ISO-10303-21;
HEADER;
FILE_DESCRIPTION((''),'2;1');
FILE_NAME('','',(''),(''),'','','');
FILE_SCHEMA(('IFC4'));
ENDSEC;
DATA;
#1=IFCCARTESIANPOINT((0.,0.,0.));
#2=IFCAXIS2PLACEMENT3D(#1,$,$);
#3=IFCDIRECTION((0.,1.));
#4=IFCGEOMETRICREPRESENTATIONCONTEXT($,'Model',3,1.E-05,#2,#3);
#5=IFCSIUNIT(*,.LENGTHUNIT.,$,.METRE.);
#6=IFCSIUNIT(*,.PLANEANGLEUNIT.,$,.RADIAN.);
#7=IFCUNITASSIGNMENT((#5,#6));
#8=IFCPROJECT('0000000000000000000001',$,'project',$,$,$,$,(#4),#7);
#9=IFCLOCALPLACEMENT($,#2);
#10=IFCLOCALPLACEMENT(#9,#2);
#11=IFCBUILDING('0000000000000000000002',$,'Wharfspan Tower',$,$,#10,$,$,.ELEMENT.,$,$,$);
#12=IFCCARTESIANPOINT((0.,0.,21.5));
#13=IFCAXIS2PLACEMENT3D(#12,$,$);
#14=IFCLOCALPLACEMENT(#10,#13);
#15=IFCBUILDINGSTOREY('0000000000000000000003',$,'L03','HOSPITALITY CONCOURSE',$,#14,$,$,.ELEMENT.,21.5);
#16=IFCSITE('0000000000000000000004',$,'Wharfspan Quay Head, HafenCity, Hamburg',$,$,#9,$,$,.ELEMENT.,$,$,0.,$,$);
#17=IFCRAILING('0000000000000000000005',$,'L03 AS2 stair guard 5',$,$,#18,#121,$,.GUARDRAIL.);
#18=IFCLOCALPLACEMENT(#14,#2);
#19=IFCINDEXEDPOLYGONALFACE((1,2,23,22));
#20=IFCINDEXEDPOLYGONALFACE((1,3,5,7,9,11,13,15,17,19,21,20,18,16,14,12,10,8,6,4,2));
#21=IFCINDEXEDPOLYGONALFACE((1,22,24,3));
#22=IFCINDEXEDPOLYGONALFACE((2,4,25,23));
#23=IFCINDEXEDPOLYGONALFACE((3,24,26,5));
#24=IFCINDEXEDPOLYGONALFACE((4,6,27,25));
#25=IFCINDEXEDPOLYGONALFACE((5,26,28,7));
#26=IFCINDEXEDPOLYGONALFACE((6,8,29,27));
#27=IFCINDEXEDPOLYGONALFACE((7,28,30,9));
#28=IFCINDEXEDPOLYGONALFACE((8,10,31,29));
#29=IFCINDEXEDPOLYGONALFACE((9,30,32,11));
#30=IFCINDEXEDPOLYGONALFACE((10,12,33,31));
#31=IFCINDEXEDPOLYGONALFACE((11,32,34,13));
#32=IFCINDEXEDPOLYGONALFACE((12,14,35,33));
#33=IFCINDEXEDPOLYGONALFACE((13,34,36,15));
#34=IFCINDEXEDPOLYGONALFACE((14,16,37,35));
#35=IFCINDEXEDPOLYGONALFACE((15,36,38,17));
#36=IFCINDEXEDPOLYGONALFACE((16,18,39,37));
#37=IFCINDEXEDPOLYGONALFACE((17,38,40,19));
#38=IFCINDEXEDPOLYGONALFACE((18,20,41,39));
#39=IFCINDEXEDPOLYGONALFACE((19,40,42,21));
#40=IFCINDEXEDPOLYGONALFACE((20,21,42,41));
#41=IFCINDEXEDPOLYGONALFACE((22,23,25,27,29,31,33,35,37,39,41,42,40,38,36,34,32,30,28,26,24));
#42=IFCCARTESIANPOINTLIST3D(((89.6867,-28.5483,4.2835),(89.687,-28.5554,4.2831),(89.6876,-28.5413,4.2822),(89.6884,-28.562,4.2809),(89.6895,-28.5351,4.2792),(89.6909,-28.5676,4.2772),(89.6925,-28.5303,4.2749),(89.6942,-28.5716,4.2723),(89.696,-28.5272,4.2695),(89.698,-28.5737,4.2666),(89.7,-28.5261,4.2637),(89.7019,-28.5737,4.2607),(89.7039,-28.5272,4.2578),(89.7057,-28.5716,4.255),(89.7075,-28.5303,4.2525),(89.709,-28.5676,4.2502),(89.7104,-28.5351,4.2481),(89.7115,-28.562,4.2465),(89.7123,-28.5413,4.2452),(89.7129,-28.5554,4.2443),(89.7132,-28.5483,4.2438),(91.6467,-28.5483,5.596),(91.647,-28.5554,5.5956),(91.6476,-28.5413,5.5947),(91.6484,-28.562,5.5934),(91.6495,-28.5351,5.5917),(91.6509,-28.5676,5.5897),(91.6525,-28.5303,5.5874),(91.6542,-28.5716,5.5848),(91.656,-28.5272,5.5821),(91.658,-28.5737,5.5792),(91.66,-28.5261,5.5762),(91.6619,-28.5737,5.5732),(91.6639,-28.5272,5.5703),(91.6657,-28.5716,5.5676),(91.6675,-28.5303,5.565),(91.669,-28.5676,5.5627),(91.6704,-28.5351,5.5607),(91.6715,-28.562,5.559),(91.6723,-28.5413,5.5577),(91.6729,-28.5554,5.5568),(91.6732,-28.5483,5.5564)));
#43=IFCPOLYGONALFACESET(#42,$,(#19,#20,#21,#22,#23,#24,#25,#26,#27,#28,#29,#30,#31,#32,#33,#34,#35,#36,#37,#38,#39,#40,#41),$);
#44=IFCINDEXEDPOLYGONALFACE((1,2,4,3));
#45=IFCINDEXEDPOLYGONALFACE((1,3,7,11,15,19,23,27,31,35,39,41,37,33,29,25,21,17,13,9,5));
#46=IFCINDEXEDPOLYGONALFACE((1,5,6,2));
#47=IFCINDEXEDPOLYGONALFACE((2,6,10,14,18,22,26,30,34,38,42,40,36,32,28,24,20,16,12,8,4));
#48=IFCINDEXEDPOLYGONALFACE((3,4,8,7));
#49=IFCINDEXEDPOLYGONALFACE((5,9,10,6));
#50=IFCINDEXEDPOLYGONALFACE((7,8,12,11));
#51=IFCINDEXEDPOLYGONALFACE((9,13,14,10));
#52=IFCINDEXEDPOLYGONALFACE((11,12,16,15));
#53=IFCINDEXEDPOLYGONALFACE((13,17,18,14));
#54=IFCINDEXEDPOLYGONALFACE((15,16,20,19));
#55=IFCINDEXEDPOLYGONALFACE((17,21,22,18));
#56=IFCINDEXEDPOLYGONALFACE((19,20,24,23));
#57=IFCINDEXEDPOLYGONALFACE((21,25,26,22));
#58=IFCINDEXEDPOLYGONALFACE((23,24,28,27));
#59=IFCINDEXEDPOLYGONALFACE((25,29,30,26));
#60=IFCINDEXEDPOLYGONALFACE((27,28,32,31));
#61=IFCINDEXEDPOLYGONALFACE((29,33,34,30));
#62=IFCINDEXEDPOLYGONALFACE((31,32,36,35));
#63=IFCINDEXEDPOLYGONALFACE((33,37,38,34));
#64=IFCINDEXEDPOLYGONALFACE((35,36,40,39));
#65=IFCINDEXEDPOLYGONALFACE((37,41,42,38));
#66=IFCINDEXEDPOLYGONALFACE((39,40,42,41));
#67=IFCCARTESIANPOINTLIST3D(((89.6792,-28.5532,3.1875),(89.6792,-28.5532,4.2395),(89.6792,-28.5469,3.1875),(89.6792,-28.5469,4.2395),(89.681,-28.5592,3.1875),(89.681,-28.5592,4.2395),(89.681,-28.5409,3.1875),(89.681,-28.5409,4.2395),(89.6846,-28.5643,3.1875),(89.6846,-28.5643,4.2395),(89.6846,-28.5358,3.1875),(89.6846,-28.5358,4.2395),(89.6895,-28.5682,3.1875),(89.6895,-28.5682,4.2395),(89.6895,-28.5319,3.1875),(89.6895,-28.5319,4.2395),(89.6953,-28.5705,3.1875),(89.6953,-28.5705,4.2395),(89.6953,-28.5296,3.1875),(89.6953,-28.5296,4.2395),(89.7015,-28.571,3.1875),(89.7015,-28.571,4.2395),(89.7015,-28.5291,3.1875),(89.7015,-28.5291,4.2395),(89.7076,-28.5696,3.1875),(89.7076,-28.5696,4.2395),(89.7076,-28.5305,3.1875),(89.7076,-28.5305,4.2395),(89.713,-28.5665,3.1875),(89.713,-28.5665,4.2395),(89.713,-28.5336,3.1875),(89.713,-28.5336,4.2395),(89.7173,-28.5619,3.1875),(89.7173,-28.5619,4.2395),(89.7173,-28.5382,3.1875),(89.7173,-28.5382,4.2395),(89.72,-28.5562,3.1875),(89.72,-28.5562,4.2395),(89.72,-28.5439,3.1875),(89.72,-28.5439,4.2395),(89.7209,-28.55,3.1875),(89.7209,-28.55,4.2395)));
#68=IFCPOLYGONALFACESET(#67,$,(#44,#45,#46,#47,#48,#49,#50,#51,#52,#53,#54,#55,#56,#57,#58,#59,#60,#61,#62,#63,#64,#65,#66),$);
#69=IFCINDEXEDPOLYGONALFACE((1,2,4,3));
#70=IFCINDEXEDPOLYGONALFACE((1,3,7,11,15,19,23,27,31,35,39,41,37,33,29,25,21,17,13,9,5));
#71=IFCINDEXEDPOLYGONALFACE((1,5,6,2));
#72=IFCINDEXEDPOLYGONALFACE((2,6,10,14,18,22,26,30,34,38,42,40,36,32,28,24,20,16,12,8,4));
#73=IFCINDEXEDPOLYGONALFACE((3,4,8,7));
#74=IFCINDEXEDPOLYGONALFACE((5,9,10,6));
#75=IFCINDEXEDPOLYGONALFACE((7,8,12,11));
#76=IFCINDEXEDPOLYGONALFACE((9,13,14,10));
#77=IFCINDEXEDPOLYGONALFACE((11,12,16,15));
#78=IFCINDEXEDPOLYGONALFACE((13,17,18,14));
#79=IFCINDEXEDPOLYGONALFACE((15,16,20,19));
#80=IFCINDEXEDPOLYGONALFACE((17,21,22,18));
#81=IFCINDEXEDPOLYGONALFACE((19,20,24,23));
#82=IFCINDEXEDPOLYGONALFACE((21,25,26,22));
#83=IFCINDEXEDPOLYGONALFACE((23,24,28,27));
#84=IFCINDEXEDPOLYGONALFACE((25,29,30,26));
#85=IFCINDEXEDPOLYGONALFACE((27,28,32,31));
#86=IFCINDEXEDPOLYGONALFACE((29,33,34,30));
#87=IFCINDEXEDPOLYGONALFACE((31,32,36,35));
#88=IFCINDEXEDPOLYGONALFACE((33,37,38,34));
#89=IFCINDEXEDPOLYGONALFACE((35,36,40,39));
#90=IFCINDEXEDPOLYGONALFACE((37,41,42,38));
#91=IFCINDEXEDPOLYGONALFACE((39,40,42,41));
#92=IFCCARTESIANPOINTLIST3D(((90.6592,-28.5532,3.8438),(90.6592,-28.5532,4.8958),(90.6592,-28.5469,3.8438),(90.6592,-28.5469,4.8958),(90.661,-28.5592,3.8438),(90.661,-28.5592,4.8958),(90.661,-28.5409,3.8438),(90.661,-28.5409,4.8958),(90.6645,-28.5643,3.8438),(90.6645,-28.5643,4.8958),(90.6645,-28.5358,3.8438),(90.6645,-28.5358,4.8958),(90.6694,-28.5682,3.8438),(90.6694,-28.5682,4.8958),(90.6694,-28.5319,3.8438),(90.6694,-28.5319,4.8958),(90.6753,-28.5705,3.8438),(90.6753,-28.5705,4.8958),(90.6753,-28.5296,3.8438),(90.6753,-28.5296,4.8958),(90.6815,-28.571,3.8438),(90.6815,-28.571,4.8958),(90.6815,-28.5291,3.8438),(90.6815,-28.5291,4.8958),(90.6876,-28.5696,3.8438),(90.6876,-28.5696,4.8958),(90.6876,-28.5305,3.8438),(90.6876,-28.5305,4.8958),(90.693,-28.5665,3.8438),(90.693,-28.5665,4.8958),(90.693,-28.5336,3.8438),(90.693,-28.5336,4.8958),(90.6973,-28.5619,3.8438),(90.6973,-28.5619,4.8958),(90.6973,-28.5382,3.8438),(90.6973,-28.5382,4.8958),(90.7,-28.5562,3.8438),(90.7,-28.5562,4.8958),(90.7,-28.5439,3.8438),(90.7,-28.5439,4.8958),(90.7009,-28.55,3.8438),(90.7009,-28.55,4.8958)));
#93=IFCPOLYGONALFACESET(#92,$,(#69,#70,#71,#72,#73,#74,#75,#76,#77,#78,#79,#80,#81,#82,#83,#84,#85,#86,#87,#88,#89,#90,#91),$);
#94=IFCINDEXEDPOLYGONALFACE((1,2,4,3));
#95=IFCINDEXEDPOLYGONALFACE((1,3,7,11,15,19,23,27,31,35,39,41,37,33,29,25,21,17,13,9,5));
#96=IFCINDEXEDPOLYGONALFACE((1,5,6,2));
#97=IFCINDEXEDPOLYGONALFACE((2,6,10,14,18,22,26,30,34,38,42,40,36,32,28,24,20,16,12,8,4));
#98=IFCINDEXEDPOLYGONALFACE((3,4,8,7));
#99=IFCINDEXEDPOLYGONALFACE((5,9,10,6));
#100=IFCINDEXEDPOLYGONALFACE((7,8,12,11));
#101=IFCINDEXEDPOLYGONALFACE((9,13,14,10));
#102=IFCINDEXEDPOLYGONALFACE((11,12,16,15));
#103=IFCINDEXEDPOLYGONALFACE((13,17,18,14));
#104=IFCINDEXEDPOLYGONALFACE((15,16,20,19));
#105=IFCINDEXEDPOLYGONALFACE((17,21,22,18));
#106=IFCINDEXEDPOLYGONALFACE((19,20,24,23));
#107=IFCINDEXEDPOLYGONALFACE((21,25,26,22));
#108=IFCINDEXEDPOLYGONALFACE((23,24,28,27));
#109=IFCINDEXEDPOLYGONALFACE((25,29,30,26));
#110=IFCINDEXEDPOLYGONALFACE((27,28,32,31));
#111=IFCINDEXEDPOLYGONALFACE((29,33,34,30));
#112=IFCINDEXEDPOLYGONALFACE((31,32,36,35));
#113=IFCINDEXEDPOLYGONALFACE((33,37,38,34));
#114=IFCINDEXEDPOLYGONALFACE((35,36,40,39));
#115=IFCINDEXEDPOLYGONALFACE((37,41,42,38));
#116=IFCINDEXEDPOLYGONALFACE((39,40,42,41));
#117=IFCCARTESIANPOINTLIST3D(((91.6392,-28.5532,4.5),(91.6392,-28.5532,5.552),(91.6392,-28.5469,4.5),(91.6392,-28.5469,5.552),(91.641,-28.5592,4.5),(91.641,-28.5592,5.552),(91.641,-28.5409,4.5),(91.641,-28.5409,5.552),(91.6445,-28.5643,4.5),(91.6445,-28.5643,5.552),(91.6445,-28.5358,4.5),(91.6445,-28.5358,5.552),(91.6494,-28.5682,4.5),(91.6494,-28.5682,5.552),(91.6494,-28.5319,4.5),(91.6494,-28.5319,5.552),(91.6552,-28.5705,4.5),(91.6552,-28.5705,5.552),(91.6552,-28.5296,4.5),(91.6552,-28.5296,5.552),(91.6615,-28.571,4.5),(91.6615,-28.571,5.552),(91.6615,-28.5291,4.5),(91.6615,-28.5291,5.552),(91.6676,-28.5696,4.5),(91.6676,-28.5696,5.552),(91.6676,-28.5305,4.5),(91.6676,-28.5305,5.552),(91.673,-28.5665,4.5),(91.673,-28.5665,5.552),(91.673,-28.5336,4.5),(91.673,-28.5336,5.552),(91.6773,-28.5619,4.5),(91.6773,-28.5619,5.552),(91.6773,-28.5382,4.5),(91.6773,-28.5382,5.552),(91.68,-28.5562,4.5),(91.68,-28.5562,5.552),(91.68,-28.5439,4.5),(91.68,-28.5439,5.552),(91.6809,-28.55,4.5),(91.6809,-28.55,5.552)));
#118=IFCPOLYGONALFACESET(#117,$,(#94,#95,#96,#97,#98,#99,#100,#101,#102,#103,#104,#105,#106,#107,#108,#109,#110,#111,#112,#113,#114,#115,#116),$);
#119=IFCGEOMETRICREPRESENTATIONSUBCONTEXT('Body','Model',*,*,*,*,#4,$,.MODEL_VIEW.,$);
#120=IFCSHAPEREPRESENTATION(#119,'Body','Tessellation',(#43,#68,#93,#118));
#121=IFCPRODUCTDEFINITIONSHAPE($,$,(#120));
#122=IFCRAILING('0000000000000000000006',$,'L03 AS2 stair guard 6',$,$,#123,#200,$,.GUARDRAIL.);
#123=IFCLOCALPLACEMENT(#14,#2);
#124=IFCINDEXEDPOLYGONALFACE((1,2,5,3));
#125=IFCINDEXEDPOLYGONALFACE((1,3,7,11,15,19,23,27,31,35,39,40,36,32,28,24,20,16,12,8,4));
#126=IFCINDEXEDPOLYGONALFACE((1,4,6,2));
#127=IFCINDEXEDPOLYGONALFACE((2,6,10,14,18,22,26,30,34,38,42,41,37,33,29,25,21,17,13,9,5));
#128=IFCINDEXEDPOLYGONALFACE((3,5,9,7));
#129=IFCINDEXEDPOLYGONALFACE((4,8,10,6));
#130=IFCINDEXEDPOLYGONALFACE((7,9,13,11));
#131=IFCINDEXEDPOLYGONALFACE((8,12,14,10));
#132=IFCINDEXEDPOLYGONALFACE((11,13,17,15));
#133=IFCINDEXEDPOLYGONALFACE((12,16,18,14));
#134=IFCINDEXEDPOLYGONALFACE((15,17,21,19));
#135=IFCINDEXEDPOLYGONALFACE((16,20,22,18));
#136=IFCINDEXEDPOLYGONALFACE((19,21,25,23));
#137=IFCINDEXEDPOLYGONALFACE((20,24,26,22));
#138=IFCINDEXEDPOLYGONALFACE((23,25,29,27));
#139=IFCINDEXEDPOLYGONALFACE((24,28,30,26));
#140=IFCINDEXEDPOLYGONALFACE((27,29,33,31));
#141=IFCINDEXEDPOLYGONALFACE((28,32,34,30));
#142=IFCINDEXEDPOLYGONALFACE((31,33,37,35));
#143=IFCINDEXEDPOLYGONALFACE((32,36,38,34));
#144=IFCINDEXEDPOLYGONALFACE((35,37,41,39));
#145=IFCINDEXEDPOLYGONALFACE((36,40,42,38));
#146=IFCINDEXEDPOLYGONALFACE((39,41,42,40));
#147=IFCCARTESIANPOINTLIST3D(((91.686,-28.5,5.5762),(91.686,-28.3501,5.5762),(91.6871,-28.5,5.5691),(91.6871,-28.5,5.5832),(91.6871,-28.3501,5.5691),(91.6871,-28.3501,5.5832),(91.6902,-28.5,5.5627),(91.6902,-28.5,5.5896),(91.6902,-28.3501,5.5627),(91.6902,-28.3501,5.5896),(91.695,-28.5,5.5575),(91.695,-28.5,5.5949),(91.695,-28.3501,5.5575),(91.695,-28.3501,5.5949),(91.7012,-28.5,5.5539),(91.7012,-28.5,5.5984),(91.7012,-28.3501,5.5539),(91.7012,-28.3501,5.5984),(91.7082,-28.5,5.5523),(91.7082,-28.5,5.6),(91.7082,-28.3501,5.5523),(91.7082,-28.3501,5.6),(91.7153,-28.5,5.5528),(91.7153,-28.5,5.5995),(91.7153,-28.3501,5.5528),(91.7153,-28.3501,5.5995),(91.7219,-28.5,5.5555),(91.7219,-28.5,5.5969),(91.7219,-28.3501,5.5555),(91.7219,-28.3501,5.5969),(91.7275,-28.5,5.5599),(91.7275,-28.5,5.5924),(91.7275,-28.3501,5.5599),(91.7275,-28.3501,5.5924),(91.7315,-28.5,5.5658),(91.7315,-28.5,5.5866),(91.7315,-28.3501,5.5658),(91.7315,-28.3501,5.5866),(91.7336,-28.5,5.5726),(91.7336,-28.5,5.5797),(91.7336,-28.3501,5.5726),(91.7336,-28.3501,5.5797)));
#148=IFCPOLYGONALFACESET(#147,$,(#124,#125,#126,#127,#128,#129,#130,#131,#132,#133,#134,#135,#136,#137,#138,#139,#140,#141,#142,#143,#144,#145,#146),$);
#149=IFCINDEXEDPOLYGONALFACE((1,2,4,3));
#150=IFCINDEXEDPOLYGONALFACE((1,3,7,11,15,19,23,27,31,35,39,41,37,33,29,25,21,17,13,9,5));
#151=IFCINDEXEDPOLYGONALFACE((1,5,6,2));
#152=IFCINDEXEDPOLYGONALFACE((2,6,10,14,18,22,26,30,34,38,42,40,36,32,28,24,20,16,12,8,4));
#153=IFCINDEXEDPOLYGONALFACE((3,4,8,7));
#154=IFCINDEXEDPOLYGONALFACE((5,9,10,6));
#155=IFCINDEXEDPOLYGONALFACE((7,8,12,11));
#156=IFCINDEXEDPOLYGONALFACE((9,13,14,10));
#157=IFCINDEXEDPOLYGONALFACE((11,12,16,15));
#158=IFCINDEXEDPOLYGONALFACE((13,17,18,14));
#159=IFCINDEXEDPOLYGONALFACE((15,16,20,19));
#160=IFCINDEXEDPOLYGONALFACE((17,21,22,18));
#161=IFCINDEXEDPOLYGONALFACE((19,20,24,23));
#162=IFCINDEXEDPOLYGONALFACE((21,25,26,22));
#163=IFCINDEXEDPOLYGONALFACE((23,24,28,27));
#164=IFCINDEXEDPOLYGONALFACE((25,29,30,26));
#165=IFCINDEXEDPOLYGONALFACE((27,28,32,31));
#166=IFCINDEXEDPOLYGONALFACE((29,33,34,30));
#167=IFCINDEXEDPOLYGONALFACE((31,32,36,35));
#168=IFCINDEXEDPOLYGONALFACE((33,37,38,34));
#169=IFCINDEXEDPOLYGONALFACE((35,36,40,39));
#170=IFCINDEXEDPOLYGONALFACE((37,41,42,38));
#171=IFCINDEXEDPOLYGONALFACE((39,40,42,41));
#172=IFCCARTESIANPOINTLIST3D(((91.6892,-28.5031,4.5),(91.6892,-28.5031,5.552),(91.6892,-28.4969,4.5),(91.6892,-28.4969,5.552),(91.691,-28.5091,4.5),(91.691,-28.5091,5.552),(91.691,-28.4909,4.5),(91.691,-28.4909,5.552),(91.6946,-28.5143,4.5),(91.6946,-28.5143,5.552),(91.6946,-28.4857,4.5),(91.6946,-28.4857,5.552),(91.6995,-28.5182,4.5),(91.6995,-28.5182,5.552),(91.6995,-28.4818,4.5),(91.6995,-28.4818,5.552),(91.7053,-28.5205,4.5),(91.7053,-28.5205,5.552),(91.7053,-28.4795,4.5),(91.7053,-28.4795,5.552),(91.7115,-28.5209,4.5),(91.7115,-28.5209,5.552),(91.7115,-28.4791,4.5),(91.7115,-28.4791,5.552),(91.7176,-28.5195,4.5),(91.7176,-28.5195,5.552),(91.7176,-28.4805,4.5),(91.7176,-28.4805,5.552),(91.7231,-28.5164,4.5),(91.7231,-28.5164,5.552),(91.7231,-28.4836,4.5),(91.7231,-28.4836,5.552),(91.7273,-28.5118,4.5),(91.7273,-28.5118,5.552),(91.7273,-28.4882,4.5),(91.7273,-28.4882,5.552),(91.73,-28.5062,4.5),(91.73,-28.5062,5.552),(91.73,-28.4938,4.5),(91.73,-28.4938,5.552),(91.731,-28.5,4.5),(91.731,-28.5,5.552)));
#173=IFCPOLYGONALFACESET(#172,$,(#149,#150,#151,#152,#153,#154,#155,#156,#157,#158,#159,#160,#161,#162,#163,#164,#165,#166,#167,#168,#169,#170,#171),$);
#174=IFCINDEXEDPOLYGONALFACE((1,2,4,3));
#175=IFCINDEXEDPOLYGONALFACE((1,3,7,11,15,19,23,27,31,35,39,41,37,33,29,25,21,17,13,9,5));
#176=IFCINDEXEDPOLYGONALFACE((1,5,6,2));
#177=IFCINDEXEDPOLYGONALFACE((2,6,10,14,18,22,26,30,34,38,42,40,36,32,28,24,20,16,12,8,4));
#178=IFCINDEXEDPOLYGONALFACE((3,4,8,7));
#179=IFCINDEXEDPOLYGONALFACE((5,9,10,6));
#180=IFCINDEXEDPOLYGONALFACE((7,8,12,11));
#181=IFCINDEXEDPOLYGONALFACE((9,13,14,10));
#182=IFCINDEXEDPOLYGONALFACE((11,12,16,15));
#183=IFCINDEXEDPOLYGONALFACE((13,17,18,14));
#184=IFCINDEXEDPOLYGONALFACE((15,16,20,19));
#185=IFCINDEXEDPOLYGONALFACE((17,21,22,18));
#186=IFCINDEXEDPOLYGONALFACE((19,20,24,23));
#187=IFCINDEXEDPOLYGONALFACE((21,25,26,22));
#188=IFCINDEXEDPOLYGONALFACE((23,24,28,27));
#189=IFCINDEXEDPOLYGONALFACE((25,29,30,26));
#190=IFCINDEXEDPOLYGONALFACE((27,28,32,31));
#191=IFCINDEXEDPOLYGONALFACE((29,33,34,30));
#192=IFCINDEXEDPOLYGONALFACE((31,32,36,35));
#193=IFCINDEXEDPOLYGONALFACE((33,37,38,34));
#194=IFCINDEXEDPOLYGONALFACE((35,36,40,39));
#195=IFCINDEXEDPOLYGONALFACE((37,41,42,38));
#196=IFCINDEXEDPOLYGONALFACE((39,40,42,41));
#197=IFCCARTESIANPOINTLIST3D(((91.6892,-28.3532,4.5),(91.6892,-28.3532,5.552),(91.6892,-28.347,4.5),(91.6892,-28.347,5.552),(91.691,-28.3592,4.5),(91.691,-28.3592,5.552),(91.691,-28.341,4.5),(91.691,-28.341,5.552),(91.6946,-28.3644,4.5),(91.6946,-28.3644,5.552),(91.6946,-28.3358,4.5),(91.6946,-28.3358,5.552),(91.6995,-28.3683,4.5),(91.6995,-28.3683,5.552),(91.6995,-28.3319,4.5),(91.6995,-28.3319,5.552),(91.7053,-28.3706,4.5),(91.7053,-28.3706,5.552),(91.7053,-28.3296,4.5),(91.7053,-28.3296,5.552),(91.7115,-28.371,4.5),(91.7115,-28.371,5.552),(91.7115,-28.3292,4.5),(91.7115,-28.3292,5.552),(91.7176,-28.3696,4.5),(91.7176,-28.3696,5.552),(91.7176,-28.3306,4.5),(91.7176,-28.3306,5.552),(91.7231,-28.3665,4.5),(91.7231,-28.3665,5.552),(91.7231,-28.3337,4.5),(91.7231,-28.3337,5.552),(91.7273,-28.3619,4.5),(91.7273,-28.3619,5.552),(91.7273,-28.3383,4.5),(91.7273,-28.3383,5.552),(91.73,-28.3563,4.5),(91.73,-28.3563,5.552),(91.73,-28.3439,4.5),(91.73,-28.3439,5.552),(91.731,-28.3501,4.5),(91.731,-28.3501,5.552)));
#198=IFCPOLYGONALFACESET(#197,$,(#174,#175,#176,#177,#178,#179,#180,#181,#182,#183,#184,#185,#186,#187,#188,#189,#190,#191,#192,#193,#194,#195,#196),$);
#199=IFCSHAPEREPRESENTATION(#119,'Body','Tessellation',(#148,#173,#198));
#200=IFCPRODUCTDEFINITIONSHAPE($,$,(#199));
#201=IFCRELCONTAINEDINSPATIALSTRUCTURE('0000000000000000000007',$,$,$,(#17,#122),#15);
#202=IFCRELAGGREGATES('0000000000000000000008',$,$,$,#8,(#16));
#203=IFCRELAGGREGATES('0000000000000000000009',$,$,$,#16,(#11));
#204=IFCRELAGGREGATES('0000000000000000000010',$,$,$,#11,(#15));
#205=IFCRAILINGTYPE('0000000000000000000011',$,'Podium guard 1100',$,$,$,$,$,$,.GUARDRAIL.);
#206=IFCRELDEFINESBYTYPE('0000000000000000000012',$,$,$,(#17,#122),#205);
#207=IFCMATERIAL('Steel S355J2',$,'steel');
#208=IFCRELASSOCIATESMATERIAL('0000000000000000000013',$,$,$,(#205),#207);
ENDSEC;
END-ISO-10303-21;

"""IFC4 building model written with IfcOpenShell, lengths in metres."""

from ifc_helpers import new_model, si_unit, direction, frame, origin, origin_2d, place, context, subcontext, project, spatial, circle, extrude, material, type_object, element, save


model = new_model("IFC4")

# Units and contexts
model_context = context("Model", 3, precision=1e-05, world=origin(), true_north=direction((0.0, 1.0)))
body_context = subcontext(model_context, "Body", "Model", "MODEL_VIEW")
ifc_project = project(units=[si_unit("LENGTHUNIT", "METRE"), si_unit("PLANEANGLEUNIT", "RADIAN")], contexts=[model_context])

# Site, building, storey
site_placement = place(None, origin())
site = spatial("IfcSite", under=ifc_project, at=site_placement, Name="Wharfspan Quay Head, HafenCity, Hamburg", CompositionType="ELEMENT", RefElevation=0.0)
building_placement = place(site_placement, origin())
building = spatial("IfcBuilding", under=site, at=building_placement, Name="Wharfspan Tower", CompositionType="ELEMENT")
storey_placement = place(building_placement, frame((0.0, 0.0, 21.5)))
storey = spatial("IfcBuildingStorey", under=building, at=storey_placement, Name="L03", Description="HOSPITALITY CONCOURSE", CompositionType="ELEMENT", Elevation=21.5)

# Railings
ifc_material_1 = material(Name="Steel S355J2", Category="steel")
railing_type_1 = type_object("IfcRailingType", Name="Podium guard 1100", PredefinedType="GUARDRAIL", material=ifc_material_1)
railing_1_placement = place(storey_placement, frame((89.7, -28.55, 3.1875)))
element("IfcRailing", 1, at=railing_1_placement, inside=storey, type_object=railing_type_1, Name="L03 AS2 stair guard 5", PredefinedType="GUARDRAIL", context=body_context, shape_type="SweptSolid", body=[
    extrude(circle(Radius=0.0239, at=origin_2d()), frame((0.0, 0.0, 1.0762), z_axis=(0.830902, 0.0, 0.556419), x_axis=(0.0, 1.0, 0.0)), (0.0, 0.0, 1.0), 2.3589),
    extrude(circle(Radius=0.021, at=origin_2d()), origin(), (0.0, 0.0, 1.0), 1.052),
    extrude(circle(Radius=0.021, at=origin_2d()), frame((0.98, 0.0, 0.6562)), (0.0, 0.0, 1.0), 1.052),
    extrude(circle(Radius=0.021, at=origin_2d()), frame((1.96, 0.0, 1.3125)), (0.0, 0.0, 1.0), 1.052),
])
railing_2_placement = place(storey_placement, frame((91.71, -28.5, 4.5)))
element("IfcRailing", 2, at=railing_2_placement, inside=storey, type_object=railing_type_1, Name="L03 AS2 stair guard 6", PredefinedType="GUARDRAIL", context=body_context, shape_type="SweptSolid", body=[
    extrude(circle(Radius=0.0239, at=origin_2d()), frame((0.0, 0.0, 1.0762), z_axis=(0.0, 1.0, 0.0), x_axis=(-1.0, 0.0, 0.0)), (0.0, 0.0, 1.0), 0.1499),
    extrude(circle(Radius=0.021, at=origin_2d()), origin(), (0.0, 0.0, 1.0), 1.052),
    extrude(circle(Radius=0.021, at=origin_2d()), frame((0.0, 0.1499, 0.0)), (0.0, 0.0, 1.0), 1.052),
])

save(model, "model.ifc")
